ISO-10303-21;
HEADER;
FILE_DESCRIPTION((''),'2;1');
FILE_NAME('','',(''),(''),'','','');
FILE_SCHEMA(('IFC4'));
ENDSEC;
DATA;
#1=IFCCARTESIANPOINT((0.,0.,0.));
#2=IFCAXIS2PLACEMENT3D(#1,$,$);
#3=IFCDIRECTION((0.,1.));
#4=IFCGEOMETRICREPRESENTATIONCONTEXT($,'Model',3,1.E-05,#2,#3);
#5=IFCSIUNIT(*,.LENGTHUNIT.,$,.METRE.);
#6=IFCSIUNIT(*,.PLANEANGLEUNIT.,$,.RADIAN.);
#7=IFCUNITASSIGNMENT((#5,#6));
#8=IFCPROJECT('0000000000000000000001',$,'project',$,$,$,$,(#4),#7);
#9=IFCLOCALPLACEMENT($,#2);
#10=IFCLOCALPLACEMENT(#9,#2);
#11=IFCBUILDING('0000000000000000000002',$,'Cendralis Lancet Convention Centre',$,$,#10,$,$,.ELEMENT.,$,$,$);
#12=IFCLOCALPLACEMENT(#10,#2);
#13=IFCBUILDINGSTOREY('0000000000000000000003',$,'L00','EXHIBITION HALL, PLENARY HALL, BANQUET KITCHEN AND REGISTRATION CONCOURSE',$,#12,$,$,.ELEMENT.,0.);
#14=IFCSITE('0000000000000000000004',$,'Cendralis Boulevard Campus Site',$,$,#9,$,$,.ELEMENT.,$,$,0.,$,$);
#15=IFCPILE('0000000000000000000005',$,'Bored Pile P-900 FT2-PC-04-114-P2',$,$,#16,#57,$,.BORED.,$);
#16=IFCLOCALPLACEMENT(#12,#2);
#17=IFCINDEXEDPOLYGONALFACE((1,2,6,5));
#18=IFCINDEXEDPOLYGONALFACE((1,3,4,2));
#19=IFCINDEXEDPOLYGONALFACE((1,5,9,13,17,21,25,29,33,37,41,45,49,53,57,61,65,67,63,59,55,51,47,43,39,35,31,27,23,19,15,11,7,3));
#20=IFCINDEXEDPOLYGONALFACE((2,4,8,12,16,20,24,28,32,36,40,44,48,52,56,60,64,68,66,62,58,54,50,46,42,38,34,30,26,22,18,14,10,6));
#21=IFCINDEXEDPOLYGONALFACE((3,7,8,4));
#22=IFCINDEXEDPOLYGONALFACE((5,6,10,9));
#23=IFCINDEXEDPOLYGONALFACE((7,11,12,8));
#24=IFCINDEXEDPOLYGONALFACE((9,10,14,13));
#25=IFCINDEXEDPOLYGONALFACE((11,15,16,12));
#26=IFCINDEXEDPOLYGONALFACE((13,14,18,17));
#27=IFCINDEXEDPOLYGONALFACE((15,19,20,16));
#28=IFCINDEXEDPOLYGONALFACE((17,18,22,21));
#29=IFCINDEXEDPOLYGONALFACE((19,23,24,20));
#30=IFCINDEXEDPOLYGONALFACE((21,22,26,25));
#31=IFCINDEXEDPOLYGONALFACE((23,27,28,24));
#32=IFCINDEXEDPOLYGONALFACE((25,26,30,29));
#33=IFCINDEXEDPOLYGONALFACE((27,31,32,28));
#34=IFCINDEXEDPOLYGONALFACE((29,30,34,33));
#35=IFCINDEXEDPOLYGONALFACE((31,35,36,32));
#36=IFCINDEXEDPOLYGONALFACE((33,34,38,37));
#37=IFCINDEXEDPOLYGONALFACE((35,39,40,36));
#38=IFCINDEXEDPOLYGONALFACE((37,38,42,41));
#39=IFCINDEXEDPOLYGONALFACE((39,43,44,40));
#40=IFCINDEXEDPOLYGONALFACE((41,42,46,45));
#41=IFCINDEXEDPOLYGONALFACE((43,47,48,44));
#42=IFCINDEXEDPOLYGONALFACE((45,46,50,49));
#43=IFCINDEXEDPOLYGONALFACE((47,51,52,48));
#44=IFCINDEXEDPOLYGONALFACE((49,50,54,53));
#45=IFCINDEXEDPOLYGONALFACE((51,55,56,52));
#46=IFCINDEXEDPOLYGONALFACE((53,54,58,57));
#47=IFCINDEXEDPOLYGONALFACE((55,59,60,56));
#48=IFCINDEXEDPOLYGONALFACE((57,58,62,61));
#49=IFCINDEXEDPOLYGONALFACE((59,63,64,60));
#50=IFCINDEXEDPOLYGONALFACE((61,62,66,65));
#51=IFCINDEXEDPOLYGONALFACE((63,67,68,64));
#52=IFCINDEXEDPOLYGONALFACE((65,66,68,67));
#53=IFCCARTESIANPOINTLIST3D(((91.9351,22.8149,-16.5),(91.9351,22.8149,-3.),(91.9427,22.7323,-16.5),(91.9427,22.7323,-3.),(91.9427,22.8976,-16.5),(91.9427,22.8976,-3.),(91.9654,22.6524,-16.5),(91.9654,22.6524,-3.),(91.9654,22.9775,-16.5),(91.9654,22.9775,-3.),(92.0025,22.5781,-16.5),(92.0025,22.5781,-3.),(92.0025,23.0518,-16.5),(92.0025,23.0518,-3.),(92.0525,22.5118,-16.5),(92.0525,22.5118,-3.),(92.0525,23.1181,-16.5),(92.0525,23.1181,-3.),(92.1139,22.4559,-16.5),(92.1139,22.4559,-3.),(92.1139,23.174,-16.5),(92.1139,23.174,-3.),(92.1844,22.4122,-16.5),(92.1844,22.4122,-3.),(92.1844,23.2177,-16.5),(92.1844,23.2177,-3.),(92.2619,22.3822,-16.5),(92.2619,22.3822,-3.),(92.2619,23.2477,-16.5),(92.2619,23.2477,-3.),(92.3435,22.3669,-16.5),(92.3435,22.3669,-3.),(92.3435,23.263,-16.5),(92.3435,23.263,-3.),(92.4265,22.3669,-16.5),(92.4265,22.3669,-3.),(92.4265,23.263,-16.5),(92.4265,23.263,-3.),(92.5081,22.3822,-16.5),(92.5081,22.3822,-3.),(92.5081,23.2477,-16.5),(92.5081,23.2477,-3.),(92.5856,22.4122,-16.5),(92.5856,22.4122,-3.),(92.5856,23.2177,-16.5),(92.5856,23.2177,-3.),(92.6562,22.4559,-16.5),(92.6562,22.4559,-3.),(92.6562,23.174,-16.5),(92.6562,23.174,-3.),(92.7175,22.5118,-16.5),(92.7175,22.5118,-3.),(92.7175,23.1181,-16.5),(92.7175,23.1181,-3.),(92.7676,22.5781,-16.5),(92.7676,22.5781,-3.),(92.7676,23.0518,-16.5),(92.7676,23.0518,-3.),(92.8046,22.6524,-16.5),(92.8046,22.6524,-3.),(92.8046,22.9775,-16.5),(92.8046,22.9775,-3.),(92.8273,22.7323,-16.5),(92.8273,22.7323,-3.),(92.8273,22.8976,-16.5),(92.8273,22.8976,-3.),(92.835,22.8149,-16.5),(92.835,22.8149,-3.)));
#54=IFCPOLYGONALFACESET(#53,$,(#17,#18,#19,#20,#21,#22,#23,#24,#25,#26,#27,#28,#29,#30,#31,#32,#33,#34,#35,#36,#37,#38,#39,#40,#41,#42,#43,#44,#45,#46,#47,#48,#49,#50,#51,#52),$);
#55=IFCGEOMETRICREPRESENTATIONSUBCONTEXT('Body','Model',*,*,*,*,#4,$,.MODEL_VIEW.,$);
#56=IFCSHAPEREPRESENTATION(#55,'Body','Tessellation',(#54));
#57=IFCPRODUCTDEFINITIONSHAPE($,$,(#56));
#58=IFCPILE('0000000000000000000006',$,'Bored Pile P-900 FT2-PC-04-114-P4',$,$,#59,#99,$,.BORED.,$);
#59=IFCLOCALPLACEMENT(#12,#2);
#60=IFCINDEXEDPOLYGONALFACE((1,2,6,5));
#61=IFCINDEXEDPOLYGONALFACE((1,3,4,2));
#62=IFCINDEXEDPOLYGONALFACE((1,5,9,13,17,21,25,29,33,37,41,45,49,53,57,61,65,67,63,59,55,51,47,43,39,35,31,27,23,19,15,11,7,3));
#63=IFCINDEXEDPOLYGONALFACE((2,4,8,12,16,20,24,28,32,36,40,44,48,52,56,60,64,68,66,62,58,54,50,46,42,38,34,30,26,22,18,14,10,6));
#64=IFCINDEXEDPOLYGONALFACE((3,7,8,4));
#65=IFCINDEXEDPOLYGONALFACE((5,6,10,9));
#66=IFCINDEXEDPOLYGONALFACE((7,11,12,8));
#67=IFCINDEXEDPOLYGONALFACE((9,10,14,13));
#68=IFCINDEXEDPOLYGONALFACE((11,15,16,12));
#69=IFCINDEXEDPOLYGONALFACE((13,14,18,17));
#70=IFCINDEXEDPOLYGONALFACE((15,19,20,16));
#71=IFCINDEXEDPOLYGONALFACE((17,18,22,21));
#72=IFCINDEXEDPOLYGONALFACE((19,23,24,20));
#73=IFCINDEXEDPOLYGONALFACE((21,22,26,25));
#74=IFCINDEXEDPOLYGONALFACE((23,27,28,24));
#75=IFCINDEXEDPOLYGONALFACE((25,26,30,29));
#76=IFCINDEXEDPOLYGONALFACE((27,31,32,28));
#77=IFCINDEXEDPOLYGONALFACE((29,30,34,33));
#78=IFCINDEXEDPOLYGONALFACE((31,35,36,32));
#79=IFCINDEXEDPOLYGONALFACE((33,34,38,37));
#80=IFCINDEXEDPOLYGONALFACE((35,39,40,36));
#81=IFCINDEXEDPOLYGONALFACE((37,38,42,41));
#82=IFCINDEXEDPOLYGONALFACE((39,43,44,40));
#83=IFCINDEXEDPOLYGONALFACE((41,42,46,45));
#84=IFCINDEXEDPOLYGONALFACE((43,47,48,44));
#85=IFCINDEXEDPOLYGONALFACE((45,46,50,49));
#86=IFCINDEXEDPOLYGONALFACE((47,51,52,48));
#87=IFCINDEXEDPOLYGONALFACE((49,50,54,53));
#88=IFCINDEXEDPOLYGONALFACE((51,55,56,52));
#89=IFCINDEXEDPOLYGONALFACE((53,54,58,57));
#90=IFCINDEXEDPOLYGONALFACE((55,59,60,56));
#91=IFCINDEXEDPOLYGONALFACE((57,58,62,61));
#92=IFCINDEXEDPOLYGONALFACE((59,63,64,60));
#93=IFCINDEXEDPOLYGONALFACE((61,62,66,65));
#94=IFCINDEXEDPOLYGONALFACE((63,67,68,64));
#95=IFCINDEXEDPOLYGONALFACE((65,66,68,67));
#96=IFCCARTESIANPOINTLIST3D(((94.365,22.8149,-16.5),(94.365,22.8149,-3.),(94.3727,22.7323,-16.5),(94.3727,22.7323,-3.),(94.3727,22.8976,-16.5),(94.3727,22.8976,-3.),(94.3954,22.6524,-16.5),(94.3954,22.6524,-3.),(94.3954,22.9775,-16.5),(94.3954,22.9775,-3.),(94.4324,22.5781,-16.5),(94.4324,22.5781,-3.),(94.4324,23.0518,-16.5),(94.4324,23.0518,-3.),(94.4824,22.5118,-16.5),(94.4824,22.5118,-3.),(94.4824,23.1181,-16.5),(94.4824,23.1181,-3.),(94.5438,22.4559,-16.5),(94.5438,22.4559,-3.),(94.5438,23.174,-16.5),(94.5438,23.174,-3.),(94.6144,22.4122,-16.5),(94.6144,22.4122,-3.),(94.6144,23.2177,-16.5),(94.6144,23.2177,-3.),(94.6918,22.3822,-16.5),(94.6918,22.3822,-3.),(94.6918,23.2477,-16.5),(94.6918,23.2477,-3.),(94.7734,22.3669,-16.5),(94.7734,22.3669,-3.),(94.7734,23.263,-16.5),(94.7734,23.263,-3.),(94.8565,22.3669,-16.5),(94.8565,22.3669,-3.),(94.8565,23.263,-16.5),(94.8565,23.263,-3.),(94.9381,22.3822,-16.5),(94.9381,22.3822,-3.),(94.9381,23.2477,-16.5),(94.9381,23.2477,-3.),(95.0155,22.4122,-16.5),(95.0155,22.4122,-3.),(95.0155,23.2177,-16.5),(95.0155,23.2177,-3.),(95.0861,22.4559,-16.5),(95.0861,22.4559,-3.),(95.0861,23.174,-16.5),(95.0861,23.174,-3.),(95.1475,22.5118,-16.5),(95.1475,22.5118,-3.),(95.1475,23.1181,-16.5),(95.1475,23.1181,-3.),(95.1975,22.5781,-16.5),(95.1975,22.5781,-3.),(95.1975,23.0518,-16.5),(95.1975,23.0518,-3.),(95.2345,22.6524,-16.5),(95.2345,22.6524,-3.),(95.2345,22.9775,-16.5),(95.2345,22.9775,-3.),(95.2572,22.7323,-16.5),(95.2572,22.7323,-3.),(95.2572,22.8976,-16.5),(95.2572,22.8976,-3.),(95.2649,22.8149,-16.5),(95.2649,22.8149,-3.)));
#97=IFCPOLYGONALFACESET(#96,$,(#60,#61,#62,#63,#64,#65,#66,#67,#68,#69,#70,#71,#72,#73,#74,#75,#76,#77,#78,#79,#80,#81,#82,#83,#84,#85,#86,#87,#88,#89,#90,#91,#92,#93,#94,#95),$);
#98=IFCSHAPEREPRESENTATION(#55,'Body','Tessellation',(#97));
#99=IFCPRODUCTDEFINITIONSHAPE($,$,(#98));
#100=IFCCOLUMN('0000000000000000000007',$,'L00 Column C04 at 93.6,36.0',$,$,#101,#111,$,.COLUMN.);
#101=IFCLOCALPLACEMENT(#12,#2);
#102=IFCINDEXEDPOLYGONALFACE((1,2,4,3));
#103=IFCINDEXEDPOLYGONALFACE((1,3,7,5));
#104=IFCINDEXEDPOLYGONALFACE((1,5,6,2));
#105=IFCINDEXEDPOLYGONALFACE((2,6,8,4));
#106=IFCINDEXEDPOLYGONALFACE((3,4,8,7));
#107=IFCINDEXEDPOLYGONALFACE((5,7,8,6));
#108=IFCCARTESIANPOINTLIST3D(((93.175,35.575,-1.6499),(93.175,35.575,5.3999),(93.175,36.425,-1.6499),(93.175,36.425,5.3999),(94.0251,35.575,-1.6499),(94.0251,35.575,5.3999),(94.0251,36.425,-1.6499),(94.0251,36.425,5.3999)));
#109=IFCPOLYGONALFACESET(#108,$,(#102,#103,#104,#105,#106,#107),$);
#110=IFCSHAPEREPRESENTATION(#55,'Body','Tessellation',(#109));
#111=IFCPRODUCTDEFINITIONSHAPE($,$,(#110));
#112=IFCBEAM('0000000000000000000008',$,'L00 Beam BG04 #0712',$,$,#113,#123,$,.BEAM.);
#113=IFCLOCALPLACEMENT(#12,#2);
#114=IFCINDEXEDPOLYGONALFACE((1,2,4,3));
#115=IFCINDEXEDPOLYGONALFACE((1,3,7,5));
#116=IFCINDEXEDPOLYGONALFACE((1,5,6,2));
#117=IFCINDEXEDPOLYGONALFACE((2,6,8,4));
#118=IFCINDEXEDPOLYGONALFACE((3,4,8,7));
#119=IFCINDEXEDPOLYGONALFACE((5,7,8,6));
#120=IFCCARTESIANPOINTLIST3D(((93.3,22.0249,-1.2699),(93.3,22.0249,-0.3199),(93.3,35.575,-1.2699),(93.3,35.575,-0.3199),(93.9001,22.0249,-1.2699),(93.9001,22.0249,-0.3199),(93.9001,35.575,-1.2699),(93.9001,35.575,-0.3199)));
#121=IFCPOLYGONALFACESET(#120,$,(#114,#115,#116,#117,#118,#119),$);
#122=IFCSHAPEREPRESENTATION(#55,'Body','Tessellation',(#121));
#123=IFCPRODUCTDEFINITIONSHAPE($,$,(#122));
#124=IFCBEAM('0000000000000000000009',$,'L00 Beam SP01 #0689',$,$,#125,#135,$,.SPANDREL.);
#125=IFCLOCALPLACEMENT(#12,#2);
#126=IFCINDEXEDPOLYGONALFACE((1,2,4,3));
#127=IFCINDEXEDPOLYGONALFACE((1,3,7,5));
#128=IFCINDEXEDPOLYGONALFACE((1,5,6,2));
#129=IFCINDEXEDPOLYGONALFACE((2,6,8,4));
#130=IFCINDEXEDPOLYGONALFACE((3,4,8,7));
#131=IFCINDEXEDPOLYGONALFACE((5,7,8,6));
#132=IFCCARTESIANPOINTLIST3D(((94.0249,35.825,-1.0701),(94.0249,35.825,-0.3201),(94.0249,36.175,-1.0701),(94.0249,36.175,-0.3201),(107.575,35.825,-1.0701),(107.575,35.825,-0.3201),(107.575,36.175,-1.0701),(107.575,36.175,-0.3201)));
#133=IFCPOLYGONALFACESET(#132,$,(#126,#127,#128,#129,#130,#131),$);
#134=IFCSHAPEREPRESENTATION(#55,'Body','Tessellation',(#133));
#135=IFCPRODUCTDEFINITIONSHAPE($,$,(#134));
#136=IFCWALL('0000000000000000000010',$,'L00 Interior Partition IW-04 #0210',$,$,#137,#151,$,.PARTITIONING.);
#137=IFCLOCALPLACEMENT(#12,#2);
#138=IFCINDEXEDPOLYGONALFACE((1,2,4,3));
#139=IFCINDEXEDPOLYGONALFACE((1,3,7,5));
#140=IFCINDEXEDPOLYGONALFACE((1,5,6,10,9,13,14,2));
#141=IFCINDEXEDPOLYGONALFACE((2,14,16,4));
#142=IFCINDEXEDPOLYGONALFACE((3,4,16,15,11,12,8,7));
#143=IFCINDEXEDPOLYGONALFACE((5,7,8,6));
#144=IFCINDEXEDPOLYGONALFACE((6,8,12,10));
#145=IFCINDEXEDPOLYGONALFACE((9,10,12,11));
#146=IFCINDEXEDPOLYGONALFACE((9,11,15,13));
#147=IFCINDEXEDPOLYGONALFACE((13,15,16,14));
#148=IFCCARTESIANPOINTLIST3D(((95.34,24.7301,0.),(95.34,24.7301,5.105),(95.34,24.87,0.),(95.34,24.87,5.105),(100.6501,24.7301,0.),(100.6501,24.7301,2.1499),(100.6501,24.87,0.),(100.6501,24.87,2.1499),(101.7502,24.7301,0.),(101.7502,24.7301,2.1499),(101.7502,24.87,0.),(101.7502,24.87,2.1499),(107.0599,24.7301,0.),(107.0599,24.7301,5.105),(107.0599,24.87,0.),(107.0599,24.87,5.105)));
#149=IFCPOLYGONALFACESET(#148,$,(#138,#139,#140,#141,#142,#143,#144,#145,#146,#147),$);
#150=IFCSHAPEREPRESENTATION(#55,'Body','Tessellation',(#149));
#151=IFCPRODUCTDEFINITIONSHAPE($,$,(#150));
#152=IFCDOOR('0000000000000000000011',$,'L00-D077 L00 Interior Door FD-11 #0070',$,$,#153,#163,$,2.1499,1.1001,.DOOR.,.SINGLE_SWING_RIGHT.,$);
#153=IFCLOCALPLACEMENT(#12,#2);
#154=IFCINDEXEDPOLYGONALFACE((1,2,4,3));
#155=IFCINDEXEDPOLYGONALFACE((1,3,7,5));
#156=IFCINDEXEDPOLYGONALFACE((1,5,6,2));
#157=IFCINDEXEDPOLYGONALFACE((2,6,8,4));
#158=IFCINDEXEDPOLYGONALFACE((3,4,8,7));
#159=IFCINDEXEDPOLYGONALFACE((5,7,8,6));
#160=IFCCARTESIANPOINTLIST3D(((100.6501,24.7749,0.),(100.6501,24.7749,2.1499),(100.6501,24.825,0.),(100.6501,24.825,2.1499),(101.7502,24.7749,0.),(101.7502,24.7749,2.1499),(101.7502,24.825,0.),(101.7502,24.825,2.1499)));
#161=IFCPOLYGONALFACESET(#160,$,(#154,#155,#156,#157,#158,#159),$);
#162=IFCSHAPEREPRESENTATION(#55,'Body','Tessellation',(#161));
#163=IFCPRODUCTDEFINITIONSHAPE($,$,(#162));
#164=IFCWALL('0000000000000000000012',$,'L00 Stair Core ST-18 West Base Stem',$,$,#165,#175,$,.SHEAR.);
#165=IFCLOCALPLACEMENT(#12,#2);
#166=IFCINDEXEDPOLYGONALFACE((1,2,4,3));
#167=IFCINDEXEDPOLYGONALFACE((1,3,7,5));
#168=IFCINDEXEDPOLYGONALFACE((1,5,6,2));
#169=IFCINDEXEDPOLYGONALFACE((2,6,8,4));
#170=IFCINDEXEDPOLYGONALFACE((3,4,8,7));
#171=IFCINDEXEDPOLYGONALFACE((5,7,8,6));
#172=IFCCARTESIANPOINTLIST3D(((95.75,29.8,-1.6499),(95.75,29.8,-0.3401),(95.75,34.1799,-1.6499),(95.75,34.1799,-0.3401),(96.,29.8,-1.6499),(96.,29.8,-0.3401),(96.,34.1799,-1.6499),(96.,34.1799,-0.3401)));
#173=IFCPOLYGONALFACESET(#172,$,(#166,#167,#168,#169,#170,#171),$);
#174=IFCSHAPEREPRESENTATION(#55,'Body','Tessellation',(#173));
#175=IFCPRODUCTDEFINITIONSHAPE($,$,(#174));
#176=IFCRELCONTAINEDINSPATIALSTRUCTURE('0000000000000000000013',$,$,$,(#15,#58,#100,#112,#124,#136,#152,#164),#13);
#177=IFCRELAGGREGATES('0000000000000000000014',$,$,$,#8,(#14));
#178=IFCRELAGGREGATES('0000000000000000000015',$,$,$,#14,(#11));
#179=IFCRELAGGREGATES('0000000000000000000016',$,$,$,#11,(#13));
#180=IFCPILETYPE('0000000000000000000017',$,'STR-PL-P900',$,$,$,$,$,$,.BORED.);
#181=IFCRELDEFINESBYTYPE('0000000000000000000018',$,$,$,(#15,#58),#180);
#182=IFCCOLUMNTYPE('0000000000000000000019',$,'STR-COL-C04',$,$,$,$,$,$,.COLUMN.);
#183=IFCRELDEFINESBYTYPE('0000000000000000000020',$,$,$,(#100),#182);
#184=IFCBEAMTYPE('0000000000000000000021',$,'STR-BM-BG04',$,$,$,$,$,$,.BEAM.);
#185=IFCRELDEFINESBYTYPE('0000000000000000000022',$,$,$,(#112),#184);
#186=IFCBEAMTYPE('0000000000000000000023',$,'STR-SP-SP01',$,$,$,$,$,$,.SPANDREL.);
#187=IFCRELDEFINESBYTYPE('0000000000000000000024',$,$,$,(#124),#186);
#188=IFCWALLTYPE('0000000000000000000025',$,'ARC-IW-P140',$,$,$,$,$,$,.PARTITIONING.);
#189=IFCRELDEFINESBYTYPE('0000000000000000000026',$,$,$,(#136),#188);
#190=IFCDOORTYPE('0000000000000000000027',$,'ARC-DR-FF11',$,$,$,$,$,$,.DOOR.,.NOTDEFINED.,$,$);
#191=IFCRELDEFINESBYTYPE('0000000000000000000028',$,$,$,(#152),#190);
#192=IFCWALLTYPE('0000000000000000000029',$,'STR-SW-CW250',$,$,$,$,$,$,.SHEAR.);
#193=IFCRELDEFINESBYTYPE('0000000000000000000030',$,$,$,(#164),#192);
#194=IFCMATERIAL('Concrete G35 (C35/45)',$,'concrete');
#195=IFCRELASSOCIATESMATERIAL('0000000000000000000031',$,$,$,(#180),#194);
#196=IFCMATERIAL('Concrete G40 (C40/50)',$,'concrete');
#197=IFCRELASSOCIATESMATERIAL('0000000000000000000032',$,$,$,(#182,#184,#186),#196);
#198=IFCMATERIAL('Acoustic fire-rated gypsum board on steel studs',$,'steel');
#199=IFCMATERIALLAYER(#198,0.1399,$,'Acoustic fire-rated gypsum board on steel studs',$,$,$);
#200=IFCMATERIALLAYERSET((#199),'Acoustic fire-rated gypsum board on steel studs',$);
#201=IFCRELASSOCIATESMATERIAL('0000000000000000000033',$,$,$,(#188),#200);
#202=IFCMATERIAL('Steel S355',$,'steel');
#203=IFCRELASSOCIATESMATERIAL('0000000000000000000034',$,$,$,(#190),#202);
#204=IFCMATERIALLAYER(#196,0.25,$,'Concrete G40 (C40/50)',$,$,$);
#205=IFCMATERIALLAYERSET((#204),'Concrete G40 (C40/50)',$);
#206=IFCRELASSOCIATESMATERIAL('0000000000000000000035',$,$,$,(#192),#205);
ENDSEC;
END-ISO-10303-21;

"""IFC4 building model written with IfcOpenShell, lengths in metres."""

from ifc_helpers import new_model, si_unit, direction, frame, frame_2d, origin, origin_2d, place, context, subcontext, project, spatial, rectangle, circle, extrude, material, layer, layer_set, material_profile, profile_set, type_object, element, fill, save


model = new_model("IFC4")

# Units and contexts
model_context = context("Model", 3, precision=1e-05, world=origin(), true_north=direction((0.0, 1.0)))
body_context = subcontext(model_context, "Body", "Model", "MODEL_VIEW")
ifc_project = project(units=[si_unit("LENGTHUNIT", "METRE"), si_unit("PLANEANGLEUNIT", "RADIAN")], contexts=[model_context])

# Site, building, storey
site_placement = place(None, origin())
site = spatial("IfcSite", under=ifc_project, at=site_placement, Name="Cendralis Boulevard Campus Site", CompositionType="ELEMENT", RefElevation=0.0)
building_placement = place(site_placement, origin())
building = spatial("IfcBuilding", under=site, at=building_placement, Name="Cendralis Lancet Convention Centre", CompositionType="ELEMENT")
storey_placement = place(building_placement, origin())
storey = spatial("IfcBuildingStorey", under=building, at=storey_placement, Name="L00", Description="EXHIBITION HALL, PLENARY HALL, BANQUET KITCHEN AND REGISTRATION CONCOURSE", CompositionType="ELEMENT", Elevation=0.0)

# Shared definitions
ifc_material_1 = material(Name="Concrete G35 (C35/45)", Category="concrete")

# Piles
ifc_material_profile_1 = material_profile(ifc_material_1, circle(Radius=0.45, at=origin_2d()), Name="BORED PILE D900")
ifc_profile_set_1 = profile_set([ifc_material_profile_1], Name="Concrete G35 (C35/45)")
pile_type_1 = type_object("IfcPileType", Name="STR-PL-P900", PredefinedType="BORED", material=ifc_profile_set_1)
for number, where, z_axis, x_axis, name in (
    (1, (92.385, 22.8149, -3.0), (0.0, 0.0, -1.0), (1.0, 0.0, 0.0), "Bored Pile P-900 FT2-PC-04-114-P2"),
    (2, (94.8149, 22.8149, -3.0), (0.0, 0.0, -1.0), (1.0, 0.0, 0.0), "Bored Pile P-900 FT2-PC-04-114-P4"),
):
    element("IfcPile", number, at=place(storey_placement, frame(where, z_axis=z_axis, x_axis=x_axis)), inside=storey, type_object=pile_type_1, Name=name, PredefinedType="BORED", context=body_context, shape_type="SweptSolid", body=[
        extrude(circle(Radius=0.45, at=origin_2d()), origin(), (0.0, 0.0, 1.0), 13.5),
    ])

# Column
ifc_material_2 = material(Name="Concrete G40 (C40/50)", Category="concrete")
ifc_material_profile_2 = material_profile(ifc_material_2, rectangle(XDim=0.8501, YDim=0.8501, at=origin_2d()), Name="RC 850x850")
ifc_profile_set_2 = profile_set([ifc_material_profile_2], Name="Concrete G40 (C40/50)")
column_type = type_object("IfcColumnType", Name="STR-COL-C04", PredefinedType="COLUMN", material=ifc_profile_set_2)
column_placement = place(storey_placement, frame((93.6001, 36.0, -1.6499), z_axis=(0.0, 0.0, 1.0), x_axis=(1.0, 0.0, 0.0)))
element("IfcColumn", 3, at=column_placement, inside=storey, type_object=column_type, Name="L00 Column C04 at 93.6,36.0", PredefinedType="COLUMN", context=body_context, shape_type="SweptSolid", body=[
    extrude(rectangle(XDim=0.8501, YDim=0.8501, at=origin_2d()), origin(), (0.0, 0.0, 1.0), 7.0498),
])

# Beams
ifc_material_profile_3 = material_profile(ifc_material_2, rectangle(XDim=0.6001, YDim=0.95, at=origin_2d()), Name="RCB 600x950")
ifc_profile_set_3 = profile_set([ifc_material_profile_3], Name="Concrete G40 (C40/50)")
beam_type_1 = type_object("IfcBeamType", Name="STR-BM-BG04", PredefinedType="BEAM", material=ifc_profile_set_3)
beam_1_placement = place(storey_placement, frame((93.6001, 22.0249, -0.7949), z_axis=(0.0, 1.0, 0.0), x_axis=(-1.0, 0.0, 0.0)))
element("IfcBeam", 4, at=beam_1_placement, inside=storey, type_object=beam_type_1, Name="L00 Beam BG04 #0712", PredefinedType="BEAM", context=body_context, shape_type="SweptSolid", body=[
    extrude(rectangle(XDim=0.6001, YDim=0.95, at=origin_2d()), origin(), (0.0, 0.0, 1.0), 13.55),
])
ifc_material_profile_4 = material_profile(ifc_material_2, rectangle(XDim=0.3501, YDim=0.75, at=origin_2d()), Name="RCB 350x750")
ifc_profile_set_4 = profile_set([ifc_material_profile_4], Name="Concrete G40 (C40/50)")
beam_type_2 = type_object("IfcBeamType", Name="STR-SP-SP01", PredefinedType="SPANDREL", material=ifc_profile_set_4)
beam_2_placement = place(storey_placement, frame((94.0249, 36.0, -0.6951), z_axis=(1.0, 0.0, 0.0), x_axis=(0.0, 1.0, 0.0)))
element("IfcBeam", 5, at=beam_2_placement, inside=storey, type_object=beam_type_2, Name="L00 Beam SP01 #0689", PredefinedType="SPANDREL", context=body_context, shape_type="SweptSolid", body=[
    extrude(rectangle(XDim=0.3501, YDim=0.75, at=origin_2d()), origin(), (0.0, 0.0, 1.0), 13.55),
])

# Wall, opening, door
ifc_material_3 = material(Name="Acoustic fire-rated gypsum board on steel studs", Category="steel")
ifc_layer_1 = layer(ifc_material_3, 0.1399, Name="Acoustic fire-rated gypsum board on steel studs")
ifc_layer_set_1 = layer_set([ifc_layer_1], Name="Acoustic fire-rated gypsum board on steel studs")
wall_type_1 = type_object("IfcWallType", Name="ARC-IW-P140", PredefinedType="PARTITIONING", material=ifc_layer_set_1)
wall_1_placement = place(storey_placement, frame((95.3401, 24.8, 0.0), z_axis=(0.0, 0.0, 1.0), x_axis=(1.0, 0.0, 0.0)))
wall_1 = element("IfcWall", 6, at=wall_1_placement, inside=storey, type_object=wall_type_1, Name="L00 Interior Partition IW-04 #0210", PredefinedType="PARTITIONING", context=body_context, shape_type="SweptSolid", body=[
    extrude(rectangle(XDim=11.72, YDim=0.1399, at=frame_2d((5.8599, 0.0))), origin(), (0.0, 0.0, 1.0), 5.105),
])
opening_1_placement = place(wall_1_placement, frame((5.3101, 0.0, 0.0)))
opening_1 = element("IfcOpeningElement", 7, at=opening_1_placement, cuts=wall_1, PredefinedType="OPENING", context=body_context, shape_type="SweptSolid", body=[
    extrude(rectangle(XDim=1.1001, YDim=2.1499, at=frame_2d((0.55, 1.075))), frame((0.0, 0.0798, 0.0), z_axis=(0.0, -1.0, 0.0), x_axis=(1.0, 0.0, 0.0)), (0.0, 0.0, 1.0), 0.1599),
])
ifc_material_4 = material(Name="Steel S355", Category="steel")
door_type_1 = type_object("IfcDoorType", Name="ARC-DR-FF11", OperationType="NOTDEFINED", PredefinedType="DOOR", material=ifc_material_4)
door_1_placement = place(opening_1_placement, origin())
door_1 = element("IfcDoor", 8, at=door_1_placement, inside=storey, type_object=door_type_1, Name="L00-D077 L00 Interior Door FD-11 #0070", OperationType="SINGLE_SWING_RIGHT", OverallHeight=2.1499, OverallWidth=1.1001, PredefinedType="DOOR", context=body_context, shape_type="SweptSolid", body=[
    extrude(rectangle(XDim=1.1001, YDim=2.1499, at=frame_2d((0.55, 1.075))), frame((0.0, 0.0249, 0.0), z_axis=(0.0, -1.0, 0.0), x_axis=(1.0, 0.0, 0.0)), (0.0, 0.0, 1.0), 0.05),
])
fill(opening_1, door_1)

# Wall
ifc_layer_2 = layer(ifc_material_2, 0.25, Name="Concrete G40 (C40/50)")
ifc_layer_set_2 = layer_set([ifc_layer_2], Name="Concrete G40 (C40/50)")
wall_type_2 = type_object("IfcWallType", Name="STR-SW-CW250", PredefinedType="SHEAR", material=ifc_layer_set_2)
wall_2_placement = place(storey_placement, frame((95.875, 29.8, -1.6499), z_axis=(0.0, 0.0, 1.0), x_axis=(0.0, 1.0, 0.0)))
element("IfcWall", 9, at=wall_2_placement, inside=storey, type_object=wall_type_2, Name="L00 Stair Core ST-18 West Base Stem", PredefinedType="SHEAR", context=body_context, shape_type="SweptSolid", body=[
    extrude(rectangle(XDim=4.3799, YDim=0.25, at=frame_2d((2.1899, 0.0))), origin(), (0.0, 0.0, 1.0), 1.3098),
])

save(model, "model.ifc")
